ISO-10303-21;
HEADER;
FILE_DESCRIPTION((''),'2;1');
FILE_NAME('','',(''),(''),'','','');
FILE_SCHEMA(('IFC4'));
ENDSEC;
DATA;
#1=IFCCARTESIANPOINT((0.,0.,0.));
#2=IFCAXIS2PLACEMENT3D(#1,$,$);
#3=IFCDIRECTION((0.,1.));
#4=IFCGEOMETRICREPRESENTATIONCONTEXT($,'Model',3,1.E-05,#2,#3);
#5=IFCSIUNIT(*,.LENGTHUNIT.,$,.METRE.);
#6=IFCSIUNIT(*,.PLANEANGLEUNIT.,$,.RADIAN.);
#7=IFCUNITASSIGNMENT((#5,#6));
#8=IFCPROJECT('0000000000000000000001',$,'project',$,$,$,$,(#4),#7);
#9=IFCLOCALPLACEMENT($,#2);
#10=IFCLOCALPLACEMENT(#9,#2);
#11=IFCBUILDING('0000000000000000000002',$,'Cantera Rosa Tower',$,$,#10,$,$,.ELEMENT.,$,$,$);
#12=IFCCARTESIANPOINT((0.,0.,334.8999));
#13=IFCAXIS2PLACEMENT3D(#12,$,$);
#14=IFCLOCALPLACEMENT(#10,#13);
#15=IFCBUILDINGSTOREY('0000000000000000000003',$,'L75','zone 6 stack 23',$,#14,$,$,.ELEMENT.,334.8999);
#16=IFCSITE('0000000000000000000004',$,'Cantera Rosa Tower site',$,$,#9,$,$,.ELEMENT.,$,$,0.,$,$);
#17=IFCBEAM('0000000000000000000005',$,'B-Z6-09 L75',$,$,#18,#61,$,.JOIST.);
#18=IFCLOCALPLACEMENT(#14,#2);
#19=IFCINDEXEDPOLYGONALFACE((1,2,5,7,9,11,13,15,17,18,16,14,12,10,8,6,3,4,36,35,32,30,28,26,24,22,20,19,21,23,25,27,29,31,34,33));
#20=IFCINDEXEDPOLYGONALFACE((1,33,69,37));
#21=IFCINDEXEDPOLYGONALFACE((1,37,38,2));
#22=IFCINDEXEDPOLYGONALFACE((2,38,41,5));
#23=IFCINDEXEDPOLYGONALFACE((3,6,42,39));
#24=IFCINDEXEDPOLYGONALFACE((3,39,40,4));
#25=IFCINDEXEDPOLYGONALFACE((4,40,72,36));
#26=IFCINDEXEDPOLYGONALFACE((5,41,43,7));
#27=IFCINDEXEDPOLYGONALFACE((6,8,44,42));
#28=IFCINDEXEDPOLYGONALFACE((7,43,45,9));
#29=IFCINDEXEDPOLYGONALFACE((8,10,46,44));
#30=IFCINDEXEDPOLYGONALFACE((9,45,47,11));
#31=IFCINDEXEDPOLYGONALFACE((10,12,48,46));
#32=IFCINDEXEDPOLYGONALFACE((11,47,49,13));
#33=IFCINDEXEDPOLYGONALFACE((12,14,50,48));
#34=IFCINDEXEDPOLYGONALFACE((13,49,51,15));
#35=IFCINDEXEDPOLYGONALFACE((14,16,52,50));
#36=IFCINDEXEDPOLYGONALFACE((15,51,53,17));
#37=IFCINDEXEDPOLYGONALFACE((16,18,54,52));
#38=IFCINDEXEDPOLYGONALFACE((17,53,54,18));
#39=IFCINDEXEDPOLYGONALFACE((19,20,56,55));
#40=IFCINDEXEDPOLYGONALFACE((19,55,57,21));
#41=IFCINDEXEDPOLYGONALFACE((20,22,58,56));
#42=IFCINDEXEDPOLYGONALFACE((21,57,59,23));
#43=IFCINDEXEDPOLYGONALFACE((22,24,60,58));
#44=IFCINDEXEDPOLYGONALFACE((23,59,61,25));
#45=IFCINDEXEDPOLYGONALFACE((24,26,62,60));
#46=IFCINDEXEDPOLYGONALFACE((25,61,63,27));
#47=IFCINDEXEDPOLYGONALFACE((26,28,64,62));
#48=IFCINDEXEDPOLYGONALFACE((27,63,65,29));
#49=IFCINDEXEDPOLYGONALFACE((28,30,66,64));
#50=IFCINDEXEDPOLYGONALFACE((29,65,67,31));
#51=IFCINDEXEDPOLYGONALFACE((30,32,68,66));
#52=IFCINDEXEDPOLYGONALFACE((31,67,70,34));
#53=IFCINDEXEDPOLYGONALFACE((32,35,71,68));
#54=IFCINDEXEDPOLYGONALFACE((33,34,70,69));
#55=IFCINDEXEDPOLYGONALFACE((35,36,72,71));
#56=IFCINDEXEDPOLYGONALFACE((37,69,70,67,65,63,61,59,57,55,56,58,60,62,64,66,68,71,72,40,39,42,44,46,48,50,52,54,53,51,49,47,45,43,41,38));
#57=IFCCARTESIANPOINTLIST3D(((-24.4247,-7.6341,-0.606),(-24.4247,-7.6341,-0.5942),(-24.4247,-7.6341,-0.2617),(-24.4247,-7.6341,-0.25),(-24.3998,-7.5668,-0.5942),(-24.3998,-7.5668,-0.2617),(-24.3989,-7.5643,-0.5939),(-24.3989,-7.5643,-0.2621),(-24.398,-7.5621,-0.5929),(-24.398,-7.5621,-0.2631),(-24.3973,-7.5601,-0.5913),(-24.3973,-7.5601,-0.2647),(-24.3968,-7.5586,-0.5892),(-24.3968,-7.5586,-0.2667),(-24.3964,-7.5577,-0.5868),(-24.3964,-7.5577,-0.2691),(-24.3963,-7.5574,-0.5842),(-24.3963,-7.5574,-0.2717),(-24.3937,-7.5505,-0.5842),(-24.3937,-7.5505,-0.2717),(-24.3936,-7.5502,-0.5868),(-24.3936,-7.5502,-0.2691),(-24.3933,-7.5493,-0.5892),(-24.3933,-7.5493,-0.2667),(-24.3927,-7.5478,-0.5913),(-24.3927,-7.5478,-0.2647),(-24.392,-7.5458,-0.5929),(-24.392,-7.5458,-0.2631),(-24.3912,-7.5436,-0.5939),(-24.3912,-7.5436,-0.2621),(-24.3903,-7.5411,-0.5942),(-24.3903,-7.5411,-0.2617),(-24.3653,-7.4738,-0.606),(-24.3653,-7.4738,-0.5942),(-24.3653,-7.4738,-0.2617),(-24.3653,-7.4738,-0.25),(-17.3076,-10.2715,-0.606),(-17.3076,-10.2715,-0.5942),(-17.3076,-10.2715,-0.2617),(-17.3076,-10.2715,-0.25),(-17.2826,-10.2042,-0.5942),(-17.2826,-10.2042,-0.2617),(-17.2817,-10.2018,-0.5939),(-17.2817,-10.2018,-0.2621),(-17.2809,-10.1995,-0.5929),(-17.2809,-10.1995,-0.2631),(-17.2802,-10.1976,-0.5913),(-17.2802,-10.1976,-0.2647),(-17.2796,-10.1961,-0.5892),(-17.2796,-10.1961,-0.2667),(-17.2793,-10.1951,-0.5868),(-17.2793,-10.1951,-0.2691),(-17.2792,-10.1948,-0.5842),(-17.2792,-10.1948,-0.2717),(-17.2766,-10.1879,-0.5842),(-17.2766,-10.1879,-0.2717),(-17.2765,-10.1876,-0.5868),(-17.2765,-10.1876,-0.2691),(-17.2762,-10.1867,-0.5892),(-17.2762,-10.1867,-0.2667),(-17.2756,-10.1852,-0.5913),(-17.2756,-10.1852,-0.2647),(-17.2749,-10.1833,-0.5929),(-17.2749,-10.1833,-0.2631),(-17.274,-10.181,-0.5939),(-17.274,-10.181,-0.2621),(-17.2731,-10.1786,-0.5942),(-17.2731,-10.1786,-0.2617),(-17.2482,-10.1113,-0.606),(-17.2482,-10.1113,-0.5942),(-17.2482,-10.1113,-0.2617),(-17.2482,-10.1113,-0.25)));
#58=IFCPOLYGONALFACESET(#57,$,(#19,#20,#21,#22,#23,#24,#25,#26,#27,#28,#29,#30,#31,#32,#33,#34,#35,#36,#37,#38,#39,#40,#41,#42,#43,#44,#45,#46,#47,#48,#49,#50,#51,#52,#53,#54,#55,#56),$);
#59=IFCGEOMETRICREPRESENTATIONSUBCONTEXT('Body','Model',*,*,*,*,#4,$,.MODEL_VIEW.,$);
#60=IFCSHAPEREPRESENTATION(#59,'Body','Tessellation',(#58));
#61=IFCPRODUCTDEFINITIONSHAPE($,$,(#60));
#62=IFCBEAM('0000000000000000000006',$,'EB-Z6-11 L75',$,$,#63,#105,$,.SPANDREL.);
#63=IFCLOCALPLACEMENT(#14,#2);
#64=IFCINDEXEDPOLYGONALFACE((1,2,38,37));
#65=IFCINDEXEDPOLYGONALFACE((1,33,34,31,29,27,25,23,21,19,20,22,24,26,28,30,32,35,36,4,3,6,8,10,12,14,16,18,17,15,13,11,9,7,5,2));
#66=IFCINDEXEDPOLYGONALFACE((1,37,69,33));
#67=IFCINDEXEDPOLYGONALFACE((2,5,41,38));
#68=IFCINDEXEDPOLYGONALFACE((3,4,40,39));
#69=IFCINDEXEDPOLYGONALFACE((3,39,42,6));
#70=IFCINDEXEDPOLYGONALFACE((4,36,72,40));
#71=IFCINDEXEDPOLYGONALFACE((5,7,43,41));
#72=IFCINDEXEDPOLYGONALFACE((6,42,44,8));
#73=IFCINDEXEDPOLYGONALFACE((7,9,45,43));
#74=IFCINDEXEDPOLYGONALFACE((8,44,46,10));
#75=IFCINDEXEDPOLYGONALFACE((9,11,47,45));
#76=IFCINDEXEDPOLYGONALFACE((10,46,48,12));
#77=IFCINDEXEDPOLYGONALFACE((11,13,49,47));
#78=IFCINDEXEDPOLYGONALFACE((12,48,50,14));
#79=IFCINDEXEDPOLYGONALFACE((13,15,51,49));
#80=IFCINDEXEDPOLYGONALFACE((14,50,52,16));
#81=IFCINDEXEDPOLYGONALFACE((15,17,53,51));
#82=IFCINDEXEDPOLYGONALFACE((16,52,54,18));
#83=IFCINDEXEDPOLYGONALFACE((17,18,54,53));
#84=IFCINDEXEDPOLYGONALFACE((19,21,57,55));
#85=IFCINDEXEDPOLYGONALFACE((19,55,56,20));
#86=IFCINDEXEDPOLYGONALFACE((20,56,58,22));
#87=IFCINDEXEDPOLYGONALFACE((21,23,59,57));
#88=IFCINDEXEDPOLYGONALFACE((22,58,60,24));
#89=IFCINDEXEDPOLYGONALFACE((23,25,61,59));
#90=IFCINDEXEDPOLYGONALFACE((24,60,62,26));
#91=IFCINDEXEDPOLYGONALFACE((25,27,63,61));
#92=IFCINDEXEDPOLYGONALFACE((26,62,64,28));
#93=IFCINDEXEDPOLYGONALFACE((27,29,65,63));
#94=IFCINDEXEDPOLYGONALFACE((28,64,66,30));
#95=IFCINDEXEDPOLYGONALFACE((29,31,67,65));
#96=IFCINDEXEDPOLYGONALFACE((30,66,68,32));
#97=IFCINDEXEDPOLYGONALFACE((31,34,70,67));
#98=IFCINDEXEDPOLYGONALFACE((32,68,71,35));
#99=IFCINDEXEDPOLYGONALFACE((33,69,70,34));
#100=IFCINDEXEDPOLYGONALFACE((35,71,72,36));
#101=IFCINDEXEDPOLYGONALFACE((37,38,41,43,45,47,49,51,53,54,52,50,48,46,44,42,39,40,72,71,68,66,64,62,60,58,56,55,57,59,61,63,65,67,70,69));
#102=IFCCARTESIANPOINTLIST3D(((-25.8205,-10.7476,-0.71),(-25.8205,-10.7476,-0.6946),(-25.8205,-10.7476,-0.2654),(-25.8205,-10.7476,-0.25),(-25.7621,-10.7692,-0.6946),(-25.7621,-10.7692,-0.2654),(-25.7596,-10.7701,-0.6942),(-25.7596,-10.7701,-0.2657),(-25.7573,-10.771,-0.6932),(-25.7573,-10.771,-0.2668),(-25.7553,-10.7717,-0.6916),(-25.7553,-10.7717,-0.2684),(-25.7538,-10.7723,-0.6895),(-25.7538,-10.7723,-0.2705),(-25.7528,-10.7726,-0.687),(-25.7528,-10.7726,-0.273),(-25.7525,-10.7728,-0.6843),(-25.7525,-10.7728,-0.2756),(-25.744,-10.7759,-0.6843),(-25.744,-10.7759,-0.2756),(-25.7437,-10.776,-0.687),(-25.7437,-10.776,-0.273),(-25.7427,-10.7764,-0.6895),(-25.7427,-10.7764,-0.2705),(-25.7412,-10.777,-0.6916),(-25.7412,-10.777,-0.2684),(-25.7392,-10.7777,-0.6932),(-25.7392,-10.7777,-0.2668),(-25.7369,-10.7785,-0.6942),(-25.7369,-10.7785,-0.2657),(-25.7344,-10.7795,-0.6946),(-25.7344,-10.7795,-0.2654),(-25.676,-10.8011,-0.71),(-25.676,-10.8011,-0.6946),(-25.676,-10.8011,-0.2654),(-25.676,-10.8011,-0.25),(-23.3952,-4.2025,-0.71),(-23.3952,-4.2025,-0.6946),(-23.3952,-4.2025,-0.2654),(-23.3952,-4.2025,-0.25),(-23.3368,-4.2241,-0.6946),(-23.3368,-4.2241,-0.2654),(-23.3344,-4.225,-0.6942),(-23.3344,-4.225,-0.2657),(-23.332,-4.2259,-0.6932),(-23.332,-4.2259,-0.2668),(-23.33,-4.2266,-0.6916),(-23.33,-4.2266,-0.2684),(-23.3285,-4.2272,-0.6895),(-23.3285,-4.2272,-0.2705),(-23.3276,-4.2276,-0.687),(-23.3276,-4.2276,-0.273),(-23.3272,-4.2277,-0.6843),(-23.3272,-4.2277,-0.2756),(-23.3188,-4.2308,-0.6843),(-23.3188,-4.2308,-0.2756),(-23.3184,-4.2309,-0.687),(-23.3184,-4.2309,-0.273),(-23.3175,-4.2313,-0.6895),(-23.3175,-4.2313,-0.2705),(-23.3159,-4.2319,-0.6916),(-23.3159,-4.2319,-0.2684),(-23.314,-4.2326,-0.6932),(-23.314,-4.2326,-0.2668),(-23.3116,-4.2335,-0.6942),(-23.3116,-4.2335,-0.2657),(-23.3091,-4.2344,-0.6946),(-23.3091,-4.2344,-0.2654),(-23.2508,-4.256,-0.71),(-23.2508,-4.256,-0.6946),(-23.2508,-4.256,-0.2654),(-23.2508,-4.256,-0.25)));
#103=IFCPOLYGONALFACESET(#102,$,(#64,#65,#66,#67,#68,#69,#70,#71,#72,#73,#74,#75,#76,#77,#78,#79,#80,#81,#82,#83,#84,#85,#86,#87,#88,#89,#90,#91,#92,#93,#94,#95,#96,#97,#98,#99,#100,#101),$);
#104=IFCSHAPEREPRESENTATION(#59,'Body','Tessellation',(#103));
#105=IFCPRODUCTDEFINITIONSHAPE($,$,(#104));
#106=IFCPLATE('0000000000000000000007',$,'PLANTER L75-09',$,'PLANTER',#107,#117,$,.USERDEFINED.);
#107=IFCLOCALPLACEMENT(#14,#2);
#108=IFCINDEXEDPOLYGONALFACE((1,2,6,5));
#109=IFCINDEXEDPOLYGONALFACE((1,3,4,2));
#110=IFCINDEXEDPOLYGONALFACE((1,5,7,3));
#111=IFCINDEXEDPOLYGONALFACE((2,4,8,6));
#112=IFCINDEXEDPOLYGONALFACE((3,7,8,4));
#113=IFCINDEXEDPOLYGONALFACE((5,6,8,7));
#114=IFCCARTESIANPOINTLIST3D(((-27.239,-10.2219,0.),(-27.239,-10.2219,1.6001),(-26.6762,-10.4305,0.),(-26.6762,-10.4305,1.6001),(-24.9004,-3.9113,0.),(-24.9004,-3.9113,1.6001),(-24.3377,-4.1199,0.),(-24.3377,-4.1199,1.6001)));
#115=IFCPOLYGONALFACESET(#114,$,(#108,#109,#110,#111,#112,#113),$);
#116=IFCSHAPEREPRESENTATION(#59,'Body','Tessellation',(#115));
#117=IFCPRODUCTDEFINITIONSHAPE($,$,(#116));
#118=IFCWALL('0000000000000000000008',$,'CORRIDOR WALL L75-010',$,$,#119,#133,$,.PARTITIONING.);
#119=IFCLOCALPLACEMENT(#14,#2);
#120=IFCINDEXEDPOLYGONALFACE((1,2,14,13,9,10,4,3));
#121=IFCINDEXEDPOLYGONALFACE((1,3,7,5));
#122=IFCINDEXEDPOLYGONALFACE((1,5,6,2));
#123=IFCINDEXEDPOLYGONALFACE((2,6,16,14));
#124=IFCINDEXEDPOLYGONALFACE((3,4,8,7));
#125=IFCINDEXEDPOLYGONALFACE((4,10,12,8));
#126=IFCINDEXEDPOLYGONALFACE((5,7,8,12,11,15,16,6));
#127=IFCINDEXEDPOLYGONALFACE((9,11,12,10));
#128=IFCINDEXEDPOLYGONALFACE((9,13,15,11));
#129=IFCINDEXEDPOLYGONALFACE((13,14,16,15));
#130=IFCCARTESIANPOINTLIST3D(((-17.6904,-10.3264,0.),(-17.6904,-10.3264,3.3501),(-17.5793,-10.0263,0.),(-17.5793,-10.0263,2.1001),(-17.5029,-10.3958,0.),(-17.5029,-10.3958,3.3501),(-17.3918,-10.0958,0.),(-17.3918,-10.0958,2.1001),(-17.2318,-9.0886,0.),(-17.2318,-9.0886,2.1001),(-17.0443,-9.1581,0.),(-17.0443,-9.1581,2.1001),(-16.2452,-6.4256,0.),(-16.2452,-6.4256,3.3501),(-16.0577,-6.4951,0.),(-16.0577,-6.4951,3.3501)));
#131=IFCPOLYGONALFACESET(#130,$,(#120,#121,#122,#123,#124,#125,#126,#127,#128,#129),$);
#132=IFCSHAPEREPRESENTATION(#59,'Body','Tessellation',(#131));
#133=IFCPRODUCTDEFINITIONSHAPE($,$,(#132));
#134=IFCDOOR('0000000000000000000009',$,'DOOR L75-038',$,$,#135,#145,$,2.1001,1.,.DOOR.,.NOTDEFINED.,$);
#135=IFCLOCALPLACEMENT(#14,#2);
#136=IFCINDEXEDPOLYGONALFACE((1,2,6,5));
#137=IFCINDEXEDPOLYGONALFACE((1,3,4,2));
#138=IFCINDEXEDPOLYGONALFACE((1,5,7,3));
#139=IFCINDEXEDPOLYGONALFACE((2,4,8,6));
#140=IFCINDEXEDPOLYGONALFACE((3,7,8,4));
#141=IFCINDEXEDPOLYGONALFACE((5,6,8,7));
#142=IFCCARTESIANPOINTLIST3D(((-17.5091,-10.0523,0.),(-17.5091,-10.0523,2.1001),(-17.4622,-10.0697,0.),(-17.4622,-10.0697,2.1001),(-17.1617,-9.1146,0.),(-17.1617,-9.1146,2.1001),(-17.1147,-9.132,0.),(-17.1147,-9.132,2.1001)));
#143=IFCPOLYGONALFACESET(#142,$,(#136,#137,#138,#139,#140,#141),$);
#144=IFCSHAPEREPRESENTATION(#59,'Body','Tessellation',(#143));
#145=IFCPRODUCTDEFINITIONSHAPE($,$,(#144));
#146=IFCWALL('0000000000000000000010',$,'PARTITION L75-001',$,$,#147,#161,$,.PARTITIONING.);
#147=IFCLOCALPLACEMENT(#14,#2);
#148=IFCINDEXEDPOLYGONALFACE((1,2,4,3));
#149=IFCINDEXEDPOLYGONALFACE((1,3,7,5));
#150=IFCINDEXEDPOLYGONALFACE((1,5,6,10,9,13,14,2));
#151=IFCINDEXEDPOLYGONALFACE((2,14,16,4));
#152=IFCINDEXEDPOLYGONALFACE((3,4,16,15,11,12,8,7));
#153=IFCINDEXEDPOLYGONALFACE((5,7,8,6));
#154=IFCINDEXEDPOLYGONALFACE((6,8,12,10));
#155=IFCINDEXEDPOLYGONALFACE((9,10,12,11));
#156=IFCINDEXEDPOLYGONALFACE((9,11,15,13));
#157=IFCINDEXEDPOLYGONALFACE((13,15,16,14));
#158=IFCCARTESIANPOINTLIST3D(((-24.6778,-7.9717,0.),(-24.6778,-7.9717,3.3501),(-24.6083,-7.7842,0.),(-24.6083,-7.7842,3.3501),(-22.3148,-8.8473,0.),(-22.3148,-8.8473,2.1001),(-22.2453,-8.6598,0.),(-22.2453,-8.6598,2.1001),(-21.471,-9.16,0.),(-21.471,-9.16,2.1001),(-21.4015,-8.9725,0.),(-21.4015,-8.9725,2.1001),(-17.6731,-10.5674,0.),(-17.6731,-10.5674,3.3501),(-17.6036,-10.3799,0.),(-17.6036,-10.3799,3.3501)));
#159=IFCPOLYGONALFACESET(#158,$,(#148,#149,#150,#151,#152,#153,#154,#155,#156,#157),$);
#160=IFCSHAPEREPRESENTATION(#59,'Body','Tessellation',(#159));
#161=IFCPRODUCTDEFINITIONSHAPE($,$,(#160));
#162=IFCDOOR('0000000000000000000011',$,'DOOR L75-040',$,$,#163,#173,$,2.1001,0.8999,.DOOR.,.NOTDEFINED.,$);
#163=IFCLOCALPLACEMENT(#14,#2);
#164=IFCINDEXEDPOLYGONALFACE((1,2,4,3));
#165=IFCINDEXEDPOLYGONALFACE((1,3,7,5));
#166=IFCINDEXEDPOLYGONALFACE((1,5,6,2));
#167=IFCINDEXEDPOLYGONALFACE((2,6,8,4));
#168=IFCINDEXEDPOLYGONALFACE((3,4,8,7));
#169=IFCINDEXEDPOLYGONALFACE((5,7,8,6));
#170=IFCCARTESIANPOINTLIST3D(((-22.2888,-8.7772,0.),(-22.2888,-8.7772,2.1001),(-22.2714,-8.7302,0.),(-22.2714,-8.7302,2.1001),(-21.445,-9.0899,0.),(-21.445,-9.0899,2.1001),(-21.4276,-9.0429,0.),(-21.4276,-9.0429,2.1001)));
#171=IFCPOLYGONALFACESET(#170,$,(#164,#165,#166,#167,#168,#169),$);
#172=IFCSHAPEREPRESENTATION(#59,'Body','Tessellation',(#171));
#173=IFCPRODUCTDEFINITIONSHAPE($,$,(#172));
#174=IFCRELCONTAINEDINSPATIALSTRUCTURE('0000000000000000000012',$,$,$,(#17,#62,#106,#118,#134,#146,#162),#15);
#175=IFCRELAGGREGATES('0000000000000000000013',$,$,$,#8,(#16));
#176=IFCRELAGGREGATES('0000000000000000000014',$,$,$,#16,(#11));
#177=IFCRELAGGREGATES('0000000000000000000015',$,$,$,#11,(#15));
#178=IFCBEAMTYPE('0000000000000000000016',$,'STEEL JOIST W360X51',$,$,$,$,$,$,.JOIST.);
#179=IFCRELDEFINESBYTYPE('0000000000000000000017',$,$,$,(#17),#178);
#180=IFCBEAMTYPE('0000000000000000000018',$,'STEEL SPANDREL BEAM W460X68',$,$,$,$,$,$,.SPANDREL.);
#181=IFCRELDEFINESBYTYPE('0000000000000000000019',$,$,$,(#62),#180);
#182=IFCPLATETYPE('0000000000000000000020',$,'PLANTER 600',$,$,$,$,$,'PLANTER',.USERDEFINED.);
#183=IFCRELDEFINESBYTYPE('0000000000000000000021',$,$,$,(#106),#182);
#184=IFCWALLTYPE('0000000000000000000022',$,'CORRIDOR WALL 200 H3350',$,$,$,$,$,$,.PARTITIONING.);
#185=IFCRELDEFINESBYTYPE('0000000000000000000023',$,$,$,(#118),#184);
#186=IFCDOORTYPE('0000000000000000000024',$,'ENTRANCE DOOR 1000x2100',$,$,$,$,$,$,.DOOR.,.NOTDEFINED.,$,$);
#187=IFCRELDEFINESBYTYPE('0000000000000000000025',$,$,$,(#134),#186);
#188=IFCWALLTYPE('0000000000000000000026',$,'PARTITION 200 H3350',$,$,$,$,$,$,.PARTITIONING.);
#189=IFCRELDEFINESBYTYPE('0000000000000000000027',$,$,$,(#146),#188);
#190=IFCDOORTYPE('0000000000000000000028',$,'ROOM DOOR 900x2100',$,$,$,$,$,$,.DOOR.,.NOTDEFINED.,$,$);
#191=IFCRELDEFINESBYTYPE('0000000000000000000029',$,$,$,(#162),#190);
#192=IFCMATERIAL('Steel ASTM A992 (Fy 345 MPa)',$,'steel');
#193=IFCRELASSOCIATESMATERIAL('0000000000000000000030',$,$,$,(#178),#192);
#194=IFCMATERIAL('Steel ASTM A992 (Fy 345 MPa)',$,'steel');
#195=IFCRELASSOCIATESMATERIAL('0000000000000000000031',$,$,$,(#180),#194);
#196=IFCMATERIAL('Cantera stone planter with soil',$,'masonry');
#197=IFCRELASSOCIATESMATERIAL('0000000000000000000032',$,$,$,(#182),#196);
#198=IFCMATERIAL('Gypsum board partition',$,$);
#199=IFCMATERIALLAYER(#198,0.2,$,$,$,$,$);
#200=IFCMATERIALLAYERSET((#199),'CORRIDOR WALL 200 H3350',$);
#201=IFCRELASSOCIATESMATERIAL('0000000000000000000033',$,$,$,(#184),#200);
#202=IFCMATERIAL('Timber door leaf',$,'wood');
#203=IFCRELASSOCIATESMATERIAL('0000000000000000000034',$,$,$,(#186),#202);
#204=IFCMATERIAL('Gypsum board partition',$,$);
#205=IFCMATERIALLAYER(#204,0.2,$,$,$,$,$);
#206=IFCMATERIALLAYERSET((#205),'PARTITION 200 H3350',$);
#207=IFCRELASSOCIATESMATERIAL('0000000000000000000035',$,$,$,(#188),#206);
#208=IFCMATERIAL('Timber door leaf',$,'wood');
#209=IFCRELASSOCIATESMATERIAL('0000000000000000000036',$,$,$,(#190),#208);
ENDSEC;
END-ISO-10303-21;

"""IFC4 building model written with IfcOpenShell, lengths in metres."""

from ifc_helpers import new_model, si_unit, direction, frame, frame_2d, origin, origin_2d, place, context, subcontext, project, spatial, rectangle, i_section, extrude, material, layer, layer_set, material_profile, profile_set, type_object, element, fill, save


model = new_model("IFC4")

# Units and contexts
model_context = context("Model", 3, precision=1e-05, world=origin(), true_north=direction((0.0, 1.0)))
body_context = subcontext(model_context, "Body", "Model", "MODEL_VIEW")
ifc_project = project(units=[si_unit("LENGTHUNIT", "METRE"), si_unit("PLANEANGLEUNIT", "RADIAN")], contexts=[model_context])

# Site, building, storey
site_placement = place(None, origin())
site = spatial("IfcSite", under=ifc_project, at=site_placement, Name="Cantera Rosa Tower site", CompositionType="ELEMENT", RefElevation=0.0)
building_placement = place(site_placement, origin())
building = spatial("IfcBuilding", under=site, at=building_placement, Name="Cantera Rosa Tower", CompositionType="ELEMENT")
storey_placement = place(building_placement, frame((0.0, 0.0, 334.8999)))
storey = spatial("IfcBuildingStorey", under=building, at=storey_placement, Name="L75", Description="zone 6 stack 23", CompositionType="ELEMENT", Elevation=334.8999)

# Beams
ifc_material_1 = material(Name="Steel ASTM A992 (Fy 345 MPa)", Category="steel")
ifc_material_profile_1 = material_profile(ifc_material_1, i_section(OverallWidth=0.1709, OverallDepth=0.356, WebThickness=0.0073, FlangeThickness=0.0117, FilletRadius=0.01, at=origin_2d()), Name="W360X51")
ifc_profile_set_1 = profile_set([ifc_material_profile_1], Name="Steel ASTM A992 (Fy 345 MPa)")
beam_type_1 = type_object("IfcBeamType", Name="STEEL JOIST W360X51", PredefinedType="JOIST", material=ifc_profile_set_1)
beam_1_placement = place(storey_placement, frame((-24.395, -7.554, -0.428), z_axis=(0.937686, -0.347483, 0.0), x_axis=(0.347483, 0.937686, 0.0)))
element("IfcBeam", 1, at=beam_1_placement, inside=storey, type_object=beam_type_1, Name="B-Z6-09 L75", PredefinedType="JOIST", context=body_context, shape_type="SweptSolid", body=[
    extrude(i_section(OverallWidth=0.1709, OverallDepth=0.356, WebThickness=0.0073, FlangeThickness=0.0117, FilletRadius=0.01, at=origin_2d()), origin(), (0.0, 0.0, 1.0), 7.5901),
])
ifc_material_2 = material(Name="Steel ASTM A992 (Fy 345 MPa)", Category="steel")
ifc_material_profile_2 = material_profile(ifc_material_2, i_section(OverallWidth=0.1541, OverallDepth=0.46, WebThickness=0.009, FlangeThickness=0.0154, FilletRadius=0.0103, at=origin_2d()), Name="W460X68")
ifc_profile_set_2 = profile_set([ifc_material_profile_2], Name="Steel ASTM A992 (Fy 345 MPa)")
beam_type_2 = type_object("IfcBeamType", Name="STEEL SPANDREL BEAM W460X68", PredefinedType="SPANDREL", material=ifc_profile_set_2)
beam_2_placement = place(storey_placement, frame((-23.323, -4.2292, -0.48), z_axis=(-0.34746, -0.937695, 0.0), x_axis=(0.937695, -0.34746, 0.0)))
element("IfcBeam", 2, at=beam_2_placement, inside=storey, type_object=beam_type_2, Name="EB-Z6-11 L75", PredefinedType="SPANDREL", context=body_context, shape_type="SweptSolid", body=[
    extrude(i_section(OverallWidth=0.1541, OverallDepth=0.46, WebThickness=0.009, FlangeThickness=0.0154, FilletRadius=0.0103, at=origin_2d()), origin(), (0.0, 0.0, 1.0), 6.98),
])

# Plate
ifc_material_3 = material(Name="Cantera stone planter with soil", Category="masonry")
plate_type = type_object("IfcPlateType", Name="PLANTER 600", ElementType="PLANTER", PredefinedType="USERDEFINED", material=ifc_material_3)
plate_placement = place(storey_placement, frame((-25.7883, -7.1709, 0.0), z_axis=(0.0, 0.0, 1.0), x_axis=(-0.347481, -0.937687, 0.0)))
element("IfcPlate", 3, at=plate_placement, inside=storey, type_object=plate_type, Name="PLANTER L75-09", ObjectType="PLANTER", PredefinedType="USERDEFINED", context=body_context, shape_type="SweptSolid", body=[
    extrude(rectangle(XDim=6.73, YDim=0.6001, at=origin_2d()), origin(), (0.0, 0.0, 1.0), 1.6001),
])

# Wall, opening, door
ifc_material_4 = material(Name="Gypsum board partition")
ifc_layer_1 = layer(ifc_material_4, 0.2)
ifc_layer_set_1 = layer_set([ifc_layer_1], Name="CORRIDOR WALL 200 H3350")
wall_type_1 = type_object("IfcWallType", Name="CORRIDOR WALL 200 H3350", PredefinedType="PARTITIONING", material=ifc_layer_set_1)
wall_1_placement = place(storey_placement, frame((-16.1514, -6.4602, 0.0), z_axis=(0.0, 0.0, 1.0), x_axis=(-0.347429, -0.937706, 0.0)))
wall_1 = element("IfcWall", 4, at=wall_1_placement, inside=storey, type_object=wall_type_1, Name="CORRIDOR WALL L75-010", PredefinedType="PARTITIONING", context=body_context, shape_type="SweptSolid", body=[
    extrude(rectangle(XDim=4.1599, YDim=0.2, at=frame_2d((2.0801, 0.0))), origin(), (0.0, 0.0, 1.0), 3.3501),
])
opening_1_placement = place(wall_1_placement, frame((2.8401, 0.0, 0.0)))
opening_1 = element("IfcOpeningElement", 5, at=opening_1_placement, cuts=wall_1, PredefinedType="OPENING", context=body_context, shape_type="SweptSolid", body=[
    extrude(rectangle(XDim=1.0, YDim=2.1001, at=frame_2d((0.5, 1.05))), frame((0.0, 0.1099, 0.0), z_axis=(0.0, -1.0, 0.0), x_axis=(1.0, 0.0, 0.0)), (0.0, 0.0, 1.0), 0.22),
])
ifc_material_5 = material(Name="Timber door leaf", Category="wood")
door_type_1 = type_object("IfcDoorType", Name="ENTRANCE DOOR 1000x2100", OperationType="NOTDEFINED", PredefinedType="DOOR", material=ifc_material_5)
door_1_placement = place(opening_1_placement, origin())
door_1 = element("IfcDoor", 6, at=door_1_placement, inside=storey, type_object=door_type_1, Name="DOOR L75-038", OperationType="NOTDEFINED", OverallHeight=2.1001, OverallWidth=1.0, PredefinedType="DOOR", context=body_context, shape_type="SweptSolid", body=[
    extrude(rectangle(XDim=1.0, YDim=2.1001, at=frame_2d((0.5, 1.05))), frame((0.0, 0.0249, 0.0), z_axis=(0.0, -1.0, 0.0), x_axis=(1.0, 0.0, 0.0)), (0.0, 0.0, 1.0), 0.05),
])
fill(opening_1, door_1)

# Wall, opening, door
ifc_material_6 = material(Name="Gypsum board partition")
ifc_layer_2 = layer(ifc_material_6, 0.2)
ifc_layer_set_2 = layer_set([ifc_layer_2], Name="PARTITION 200 H3350")
wall_type_2 = type_object("IfcWallType", Name="PARTITION 200 H3350", PredefinedType="PARTITIONING", material=ifc_layer_set_2)
wall_2_placement = place(storey_placement, frame((-24.6431, -7.8779, 0.0), z_axis=(0.0, 0.0, 1.0), x_axis=(0.937688, -0.347478, 0.0)))
wall_2 = element("IfcWall", 7, at=wall_2_placement, inside=storey, type_object=wall_type_2, Name="PARTITION L75-001", PredefinedType="PARTITIONING", context=body_context, shape_type="SweptSolid", body=[
    extrude(rectangle(XDim=7.4702, YDim=0.2, at=frame_2d((3.7351, 0.0))), origin(), (0.0, 0.0, 1.0), 3.3501),
])
opening_2_placement = place(wall_2_placement, frame((2.52, 0.0, 0.0)))
opening_2 = element("IfcOpeningElement", 8, at=opening_2_placement, cuts=wall_2, PredefinedType="OPENING", context=body_context, shape_type="SweptSolid", body=[
    extrude(rectangle(XDim=0.8999, YDim=2.1001, at=frame_2d((0.45, 1.05))), frame((0.0, 0.1099, 0.0), z_axis=(0.0, -1.0, 0.0), x_axis=(1.0, 0.0, 0.0)), (0.0, 0.0, 1.0), 0.22),
])
ifc_material_7 = material(Name="Timber door leaf", Category="wood")
door_type_2 = type_object("IfcDoorType", Name="ROOM DOOR 900x2100", OperationType="NOTDEFINED", PredefinedType="DOOR", material=ifc_material_7)
door_2_placement = place(opening_2_placement, origin())
door_2 = element("IfcDoor", 9, at=door_2_placement, inside=storey, type_object=door_type_2, Name="DOOR L75-040", OperationType="NOTDEFINED", OverallHeight=2.1001, OverallWidth=0.8999, PredefinedType="DOOR", context=body_context, shape_type="SweptSolid", body=[
    extrude(rectangle(XDim=0.8999, YDim=2.1001, at=frame_2d((0.45, 1.05))), frame((0.0, 0.0249, 0.0), z_axis=(0.0, -1.0, 0.0), x_axis=(1.0, 0.0, 0.0)), (0.0, 0.0, 1.0), 0.05),
])
fill(opening_2, door_2)

save(model, "model.ifc")
